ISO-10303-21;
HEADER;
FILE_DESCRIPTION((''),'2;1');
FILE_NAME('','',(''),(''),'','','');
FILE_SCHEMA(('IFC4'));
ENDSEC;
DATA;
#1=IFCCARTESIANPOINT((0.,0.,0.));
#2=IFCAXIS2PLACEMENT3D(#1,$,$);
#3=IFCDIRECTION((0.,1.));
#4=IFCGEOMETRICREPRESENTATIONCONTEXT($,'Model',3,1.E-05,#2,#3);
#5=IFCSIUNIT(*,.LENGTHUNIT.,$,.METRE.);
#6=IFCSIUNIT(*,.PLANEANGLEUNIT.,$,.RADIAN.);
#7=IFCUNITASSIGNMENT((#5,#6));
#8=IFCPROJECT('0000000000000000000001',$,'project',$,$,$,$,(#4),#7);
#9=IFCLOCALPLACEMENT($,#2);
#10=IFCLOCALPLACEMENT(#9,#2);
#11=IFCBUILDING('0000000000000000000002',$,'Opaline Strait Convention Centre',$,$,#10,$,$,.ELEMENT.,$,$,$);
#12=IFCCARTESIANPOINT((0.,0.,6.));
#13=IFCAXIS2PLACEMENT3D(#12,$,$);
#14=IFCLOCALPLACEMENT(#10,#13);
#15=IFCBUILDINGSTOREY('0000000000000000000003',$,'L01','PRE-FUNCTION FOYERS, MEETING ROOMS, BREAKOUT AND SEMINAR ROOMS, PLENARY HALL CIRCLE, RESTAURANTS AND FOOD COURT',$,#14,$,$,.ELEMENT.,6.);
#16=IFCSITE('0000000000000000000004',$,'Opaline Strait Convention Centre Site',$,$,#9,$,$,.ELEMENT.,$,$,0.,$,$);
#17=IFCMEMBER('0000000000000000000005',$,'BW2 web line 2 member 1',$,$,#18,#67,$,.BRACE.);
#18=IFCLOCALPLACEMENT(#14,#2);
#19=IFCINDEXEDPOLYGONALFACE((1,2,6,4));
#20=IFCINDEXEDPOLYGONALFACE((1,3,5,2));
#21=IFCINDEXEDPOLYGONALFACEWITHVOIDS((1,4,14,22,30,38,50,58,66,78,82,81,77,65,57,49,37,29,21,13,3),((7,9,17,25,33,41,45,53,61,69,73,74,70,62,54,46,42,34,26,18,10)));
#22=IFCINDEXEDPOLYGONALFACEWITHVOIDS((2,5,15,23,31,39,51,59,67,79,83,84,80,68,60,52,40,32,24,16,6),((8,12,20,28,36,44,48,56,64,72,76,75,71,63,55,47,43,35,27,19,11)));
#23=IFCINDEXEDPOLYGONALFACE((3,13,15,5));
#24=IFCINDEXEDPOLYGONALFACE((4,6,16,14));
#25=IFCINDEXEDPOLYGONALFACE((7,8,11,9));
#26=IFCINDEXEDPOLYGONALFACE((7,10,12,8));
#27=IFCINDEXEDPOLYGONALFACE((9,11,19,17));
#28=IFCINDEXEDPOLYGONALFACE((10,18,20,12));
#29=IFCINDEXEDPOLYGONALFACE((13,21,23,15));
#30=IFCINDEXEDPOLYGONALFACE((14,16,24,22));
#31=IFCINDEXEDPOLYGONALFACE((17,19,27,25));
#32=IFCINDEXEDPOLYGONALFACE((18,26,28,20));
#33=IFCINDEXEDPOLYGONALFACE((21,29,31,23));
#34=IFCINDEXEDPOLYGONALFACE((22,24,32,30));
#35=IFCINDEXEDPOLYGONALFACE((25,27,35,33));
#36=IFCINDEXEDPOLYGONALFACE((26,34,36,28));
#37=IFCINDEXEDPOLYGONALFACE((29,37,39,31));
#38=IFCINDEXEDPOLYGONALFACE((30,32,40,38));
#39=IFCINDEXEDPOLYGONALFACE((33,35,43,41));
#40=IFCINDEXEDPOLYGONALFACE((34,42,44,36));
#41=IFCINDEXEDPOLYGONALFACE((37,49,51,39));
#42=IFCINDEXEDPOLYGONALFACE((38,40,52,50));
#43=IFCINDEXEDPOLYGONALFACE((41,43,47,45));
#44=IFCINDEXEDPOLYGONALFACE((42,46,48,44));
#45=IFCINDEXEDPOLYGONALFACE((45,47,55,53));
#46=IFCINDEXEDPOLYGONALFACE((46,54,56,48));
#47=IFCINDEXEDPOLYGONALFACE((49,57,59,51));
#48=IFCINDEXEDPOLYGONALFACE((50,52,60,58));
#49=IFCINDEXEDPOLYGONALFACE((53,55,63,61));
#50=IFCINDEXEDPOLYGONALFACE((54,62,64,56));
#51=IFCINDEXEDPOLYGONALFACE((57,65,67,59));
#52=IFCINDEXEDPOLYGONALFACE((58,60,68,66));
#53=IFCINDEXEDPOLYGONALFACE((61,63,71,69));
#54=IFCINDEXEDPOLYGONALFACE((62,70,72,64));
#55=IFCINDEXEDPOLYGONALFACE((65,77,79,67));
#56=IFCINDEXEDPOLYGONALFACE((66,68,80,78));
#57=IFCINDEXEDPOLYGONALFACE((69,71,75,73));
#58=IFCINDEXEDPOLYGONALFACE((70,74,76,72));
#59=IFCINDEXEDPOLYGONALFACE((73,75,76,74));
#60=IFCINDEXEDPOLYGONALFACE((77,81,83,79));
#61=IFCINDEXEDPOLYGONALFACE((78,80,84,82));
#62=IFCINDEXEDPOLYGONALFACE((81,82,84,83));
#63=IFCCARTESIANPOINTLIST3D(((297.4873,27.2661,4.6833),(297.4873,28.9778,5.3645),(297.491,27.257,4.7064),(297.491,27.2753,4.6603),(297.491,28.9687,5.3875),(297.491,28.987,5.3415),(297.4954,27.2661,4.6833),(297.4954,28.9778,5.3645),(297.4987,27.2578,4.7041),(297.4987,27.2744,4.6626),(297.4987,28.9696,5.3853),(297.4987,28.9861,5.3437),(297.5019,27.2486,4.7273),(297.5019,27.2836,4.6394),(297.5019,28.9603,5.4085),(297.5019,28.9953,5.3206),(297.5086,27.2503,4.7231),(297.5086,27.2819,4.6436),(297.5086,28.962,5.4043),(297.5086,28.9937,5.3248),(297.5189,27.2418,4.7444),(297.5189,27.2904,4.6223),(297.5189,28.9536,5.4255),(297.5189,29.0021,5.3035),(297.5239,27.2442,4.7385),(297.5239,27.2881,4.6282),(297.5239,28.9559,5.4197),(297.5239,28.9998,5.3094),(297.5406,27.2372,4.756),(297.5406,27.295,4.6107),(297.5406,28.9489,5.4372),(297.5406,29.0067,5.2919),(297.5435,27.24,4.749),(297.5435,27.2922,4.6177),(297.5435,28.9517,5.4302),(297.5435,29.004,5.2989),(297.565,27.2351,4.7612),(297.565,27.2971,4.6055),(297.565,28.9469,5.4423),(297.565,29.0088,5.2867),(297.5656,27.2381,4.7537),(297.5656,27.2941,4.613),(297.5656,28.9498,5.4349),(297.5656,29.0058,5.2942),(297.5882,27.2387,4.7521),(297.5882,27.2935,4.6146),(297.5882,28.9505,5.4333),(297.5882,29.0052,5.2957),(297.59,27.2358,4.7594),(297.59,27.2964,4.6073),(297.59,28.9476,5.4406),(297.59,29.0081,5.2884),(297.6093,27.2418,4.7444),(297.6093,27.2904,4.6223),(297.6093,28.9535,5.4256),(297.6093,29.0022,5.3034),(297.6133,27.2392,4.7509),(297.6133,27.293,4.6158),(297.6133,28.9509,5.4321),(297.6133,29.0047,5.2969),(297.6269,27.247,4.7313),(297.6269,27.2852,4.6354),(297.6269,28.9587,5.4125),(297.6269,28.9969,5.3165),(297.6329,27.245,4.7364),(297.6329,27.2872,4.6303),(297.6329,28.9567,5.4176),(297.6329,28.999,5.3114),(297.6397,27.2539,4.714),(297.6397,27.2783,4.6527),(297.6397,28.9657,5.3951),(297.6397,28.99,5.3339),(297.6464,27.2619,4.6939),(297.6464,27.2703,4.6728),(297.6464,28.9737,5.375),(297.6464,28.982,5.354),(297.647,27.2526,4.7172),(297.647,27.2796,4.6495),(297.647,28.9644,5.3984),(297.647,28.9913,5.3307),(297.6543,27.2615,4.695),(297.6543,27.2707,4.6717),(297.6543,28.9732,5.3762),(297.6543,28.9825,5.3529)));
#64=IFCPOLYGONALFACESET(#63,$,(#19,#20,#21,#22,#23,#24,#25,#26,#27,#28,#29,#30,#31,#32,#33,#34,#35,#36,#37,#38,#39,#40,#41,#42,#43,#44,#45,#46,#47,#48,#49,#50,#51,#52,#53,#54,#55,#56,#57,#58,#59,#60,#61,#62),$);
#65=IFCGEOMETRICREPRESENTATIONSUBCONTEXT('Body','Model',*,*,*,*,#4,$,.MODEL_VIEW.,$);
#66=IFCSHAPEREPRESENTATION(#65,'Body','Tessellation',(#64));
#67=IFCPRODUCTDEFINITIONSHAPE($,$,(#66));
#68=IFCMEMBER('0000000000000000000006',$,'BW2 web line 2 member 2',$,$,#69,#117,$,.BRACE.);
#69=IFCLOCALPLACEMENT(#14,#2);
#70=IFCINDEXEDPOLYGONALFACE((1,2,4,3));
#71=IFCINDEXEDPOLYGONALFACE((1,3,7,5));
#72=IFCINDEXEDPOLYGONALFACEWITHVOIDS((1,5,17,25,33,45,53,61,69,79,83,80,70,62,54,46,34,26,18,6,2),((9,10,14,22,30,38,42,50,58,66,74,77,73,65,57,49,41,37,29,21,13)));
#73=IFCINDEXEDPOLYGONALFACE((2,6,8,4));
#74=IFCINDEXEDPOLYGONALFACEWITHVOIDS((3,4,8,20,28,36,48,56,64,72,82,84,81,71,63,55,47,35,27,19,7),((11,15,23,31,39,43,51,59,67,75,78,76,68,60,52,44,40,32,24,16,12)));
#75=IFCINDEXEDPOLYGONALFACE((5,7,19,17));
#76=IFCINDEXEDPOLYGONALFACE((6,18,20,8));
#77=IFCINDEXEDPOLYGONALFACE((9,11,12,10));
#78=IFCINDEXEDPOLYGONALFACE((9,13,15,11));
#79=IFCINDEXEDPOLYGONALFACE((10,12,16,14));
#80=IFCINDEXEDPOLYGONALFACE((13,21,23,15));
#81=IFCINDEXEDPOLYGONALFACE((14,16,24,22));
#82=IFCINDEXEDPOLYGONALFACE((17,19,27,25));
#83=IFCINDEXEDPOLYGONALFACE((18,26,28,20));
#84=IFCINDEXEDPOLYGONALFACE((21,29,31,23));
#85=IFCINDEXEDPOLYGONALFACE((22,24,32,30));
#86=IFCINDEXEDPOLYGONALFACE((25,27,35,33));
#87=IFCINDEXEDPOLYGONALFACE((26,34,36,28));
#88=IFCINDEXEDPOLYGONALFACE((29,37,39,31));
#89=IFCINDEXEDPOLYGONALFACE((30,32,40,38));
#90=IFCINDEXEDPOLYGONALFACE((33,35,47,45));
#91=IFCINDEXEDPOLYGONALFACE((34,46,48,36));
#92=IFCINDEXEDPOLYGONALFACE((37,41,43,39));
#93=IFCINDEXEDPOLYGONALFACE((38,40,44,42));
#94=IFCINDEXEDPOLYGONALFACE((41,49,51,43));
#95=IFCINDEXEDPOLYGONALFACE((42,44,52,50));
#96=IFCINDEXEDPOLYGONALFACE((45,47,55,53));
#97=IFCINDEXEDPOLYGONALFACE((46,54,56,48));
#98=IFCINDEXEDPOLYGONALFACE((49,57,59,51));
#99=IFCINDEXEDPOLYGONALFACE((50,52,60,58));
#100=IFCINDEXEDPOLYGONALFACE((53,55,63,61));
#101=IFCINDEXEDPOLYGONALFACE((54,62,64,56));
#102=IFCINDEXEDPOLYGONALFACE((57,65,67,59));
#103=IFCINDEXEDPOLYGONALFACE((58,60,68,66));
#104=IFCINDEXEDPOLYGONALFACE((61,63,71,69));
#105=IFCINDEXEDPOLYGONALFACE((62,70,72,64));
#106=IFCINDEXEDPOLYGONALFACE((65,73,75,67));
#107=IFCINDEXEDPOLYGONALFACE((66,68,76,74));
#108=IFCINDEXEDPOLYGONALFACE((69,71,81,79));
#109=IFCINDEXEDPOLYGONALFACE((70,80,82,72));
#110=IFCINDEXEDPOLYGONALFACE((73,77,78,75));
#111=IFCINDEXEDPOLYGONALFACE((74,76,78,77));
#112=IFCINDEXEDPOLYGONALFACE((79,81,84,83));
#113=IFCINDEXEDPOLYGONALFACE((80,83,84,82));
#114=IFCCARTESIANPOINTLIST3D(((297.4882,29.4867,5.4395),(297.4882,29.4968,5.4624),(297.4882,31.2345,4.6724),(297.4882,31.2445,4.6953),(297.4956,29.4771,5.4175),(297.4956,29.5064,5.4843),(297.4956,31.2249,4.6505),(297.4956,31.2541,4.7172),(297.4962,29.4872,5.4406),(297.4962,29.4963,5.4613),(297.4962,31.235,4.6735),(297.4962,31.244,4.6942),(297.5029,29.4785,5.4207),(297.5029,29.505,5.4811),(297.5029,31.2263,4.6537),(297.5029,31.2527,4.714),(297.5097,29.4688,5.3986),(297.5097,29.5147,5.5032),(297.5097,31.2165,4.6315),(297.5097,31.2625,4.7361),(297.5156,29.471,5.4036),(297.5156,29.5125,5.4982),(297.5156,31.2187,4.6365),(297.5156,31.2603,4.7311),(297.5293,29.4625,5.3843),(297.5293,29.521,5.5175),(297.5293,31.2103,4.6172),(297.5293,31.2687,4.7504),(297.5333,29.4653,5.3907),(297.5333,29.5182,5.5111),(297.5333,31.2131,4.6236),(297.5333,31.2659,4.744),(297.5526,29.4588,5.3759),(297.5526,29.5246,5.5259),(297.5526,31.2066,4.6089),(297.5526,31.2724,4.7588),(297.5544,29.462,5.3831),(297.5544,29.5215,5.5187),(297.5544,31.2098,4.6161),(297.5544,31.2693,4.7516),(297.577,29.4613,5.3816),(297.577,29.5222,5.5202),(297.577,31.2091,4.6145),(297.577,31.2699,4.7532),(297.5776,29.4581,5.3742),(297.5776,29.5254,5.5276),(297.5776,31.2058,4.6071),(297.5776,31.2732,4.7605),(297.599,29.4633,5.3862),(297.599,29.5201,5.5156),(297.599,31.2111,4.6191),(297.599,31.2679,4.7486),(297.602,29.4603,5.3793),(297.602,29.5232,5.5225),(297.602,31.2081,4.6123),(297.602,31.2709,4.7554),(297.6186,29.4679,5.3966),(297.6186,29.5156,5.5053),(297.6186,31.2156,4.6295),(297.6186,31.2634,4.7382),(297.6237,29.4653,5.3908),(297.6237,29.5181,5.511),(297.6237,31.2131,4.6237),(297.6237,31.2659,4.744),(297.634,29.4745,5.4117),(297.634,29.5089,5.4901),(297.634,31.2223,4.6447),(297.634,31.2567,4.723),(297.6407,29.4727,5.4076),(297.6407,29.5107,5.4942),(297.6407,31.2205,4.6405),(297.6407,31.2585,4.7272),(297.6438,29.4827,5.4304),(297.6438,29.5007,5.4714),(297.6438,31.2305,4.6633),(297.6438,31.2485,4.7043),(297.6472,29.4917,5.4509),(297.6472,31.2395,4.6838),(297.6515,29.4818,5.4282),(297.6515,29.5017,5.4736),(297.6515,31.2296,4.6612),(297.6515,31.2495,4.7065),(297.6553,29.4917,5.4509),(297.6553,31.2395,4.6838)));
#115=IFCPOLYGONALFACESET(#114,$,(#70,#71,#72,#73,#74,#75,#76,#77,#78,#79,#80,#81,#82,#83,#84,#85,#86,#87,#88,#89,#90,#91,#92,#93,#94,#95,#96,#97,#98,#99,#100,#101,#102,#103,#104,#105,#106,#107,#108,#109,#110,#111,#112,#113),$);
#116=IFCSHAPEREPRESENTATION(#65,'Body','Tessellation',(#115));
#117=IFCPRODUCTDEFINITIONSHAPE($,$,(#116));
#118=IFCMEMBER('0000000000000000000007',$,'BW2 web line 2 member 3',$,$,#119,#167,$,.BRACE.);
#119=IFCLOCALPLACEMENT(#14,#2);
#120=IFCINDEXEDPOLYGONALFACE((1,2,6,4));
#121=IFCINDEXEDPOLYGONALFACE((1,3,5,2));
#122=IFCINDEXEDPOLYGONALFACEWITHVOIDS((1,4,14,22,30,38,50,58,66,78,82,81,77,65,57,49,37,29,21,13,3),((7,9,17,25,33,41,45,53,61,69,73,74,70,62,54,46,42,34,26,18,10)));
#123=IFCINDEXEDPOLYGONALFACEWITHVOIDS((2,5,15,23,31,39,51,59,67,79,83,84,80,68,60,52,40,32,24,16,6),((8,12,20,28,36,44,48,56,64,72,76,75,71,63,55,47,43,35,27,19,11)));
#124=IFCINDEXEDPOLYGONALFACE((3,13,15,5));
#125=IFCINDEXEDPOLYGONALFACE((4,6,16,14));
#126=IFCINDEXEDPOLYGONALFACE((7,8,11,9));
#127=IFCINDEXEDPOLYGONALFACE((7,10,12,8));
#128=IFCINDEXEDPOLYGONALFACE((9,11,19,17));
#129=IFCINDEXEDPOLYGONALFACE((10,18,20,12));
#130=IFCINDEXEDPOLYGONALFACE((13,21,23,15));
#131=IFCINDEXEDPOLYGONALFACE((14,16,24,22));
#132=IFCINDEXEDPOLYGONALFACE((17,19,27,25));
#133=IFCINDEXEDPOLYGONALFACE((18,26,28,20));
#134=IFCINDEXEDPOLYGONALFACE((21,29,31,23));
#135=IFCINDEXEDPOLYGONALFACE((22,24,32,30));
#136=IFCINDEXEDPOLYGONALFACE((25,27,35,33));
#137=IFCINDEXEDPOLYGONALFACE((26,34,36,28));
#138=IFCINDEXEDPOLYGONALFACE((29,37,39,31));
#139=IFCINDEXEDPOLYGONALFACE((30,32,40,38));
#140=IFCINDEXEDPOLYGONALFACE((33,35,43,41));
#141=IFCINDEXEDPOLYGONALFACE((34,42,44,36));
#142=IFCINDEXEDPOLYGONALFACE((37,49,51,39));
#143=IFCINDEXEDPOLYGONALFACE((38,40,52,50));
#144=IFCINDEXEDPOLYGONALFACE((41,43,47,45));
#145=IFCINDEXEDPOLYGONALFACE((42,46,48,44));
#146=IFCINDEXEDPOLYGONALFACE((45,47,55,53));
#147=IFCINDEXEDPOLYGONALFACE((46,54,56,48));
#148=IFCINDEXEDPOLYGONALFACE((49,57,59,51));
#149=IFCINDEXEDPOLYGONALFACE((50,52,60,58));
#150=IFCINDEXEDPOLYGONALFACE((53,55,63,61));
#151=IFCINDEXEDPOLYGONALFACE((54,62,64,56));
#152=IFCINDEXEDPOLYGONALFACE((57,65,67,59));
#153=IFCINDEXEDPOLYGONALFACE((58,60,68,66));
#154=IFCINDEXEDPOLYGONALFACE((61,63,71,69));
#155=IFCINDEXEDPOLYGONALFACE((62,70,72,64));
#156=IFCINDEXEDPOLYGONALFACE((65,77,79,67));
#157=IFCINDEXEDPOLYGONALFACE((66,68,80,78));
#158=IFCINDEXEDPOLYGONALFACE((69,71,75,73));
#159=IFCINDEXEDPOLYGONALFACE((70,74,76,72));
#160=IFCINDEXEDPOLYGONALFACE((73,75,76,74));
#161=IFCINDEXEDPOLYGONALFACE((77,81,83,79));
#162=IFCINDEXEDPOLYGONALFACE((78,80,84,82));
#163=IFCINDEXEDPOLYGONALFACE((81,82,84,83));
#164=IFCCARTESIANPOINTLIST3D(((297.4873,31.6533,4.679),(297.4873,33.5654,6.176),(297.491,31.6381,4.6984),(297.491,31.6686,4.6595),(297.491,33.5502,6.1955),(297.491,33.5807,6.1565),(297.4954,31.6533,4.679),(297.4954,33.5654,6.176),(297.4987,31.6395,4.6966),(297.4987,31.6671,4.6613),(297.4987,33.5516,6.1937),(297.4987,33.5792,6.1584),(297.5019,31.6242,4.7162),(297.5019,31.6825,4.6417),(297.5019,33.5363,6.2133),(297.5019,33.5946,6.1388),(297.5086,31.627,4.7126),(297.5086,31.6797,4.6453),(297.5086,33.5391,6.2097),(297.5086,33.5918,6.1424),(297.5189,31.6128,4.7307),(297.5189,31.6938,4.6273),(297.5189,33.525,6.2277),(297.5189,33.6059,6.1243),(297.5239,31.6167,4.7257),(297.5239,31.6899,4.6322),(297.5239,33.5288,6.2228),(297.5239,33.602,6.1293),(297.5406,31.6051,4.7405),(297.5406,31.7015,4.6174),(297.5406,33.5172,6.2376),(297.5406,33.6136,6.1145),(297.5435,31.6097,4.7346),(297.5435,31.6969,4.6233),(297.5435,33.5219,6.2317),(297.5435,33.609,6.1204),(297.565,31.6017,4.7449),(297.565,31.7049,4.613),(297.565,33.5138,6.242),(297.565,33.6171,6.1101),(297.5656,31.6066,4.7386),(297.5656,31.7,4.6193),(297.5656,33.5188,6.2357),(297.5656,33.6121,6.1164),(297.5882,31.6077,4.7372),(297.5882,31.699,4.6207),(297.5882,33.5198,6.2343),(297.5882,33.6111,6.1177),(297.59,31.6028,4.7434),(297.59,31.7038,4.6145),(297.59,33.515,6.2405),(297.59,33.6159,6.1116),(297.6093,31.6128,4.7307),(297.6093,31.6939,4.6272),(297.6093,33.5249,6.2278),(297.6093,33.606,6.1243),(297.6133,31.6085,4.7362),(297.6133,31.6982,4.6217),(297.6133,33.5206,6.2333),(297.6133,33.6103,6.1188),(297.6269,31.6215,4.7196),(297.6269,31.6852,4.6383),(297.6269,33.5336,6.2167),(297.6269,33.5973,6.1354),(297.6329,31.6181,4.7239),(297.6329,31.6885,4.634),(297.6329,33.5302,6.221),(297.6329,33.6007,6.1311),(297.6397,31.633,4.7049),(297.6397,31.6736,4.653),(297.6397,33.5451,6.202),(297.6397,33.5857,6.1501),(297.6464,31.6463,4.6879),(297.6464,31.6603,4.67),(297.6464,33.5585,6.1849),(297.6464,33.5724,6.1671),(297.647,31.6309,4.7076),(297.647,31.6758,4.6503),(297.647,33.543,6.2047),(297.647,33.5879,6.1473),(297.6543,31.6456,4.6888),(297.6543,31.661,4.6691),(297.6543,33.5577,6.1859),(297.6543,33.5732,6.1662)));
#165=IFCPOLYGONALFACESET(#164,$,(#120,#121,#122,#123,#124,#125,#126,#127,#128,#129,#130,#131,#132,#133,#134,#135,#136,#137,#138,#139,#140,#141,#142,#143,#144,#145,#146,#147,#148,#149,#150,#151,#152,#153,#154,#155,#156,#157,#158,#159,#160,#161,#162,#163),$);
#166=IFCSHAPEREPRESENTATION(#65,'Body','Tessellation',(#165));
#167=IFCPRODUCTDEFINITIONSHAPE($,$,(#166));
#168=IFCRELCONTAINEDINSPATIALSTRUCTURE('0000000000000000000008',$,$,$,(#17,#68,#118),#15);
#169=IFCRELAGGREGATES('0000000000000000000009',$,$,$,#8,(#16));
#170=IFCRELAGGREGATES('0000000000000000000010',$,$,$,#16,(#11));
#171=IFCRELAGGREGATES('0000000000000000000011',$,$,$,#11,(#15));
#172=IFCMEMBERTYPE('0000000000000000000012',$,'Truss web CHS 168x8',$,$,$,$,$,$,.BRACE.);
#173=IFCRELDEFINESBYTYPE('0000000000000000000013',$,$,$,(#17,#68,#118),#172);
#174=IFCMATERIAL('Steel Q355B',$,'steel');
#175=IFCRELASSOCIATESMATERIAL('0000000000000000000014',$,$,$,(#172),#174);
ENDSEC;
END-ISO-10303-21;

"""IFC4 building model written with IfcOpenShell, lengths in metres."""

from ifc_helpers import new_model, si_unit, direction, frame, origin, origin_2d, place, context, subcontext, project, spatial, hollow_circle, extrude, material, material_profile, profile_set, type_object, element, save


model = new_model("IFC4")

# Units and contexts
model_context = context("Model", 3, precision=1e-05, world=origin(), true_north=direction((0.0, 1.0)))
body_context = subcontext(model_context, "Body", "Model", "MODEL_VIEW")
ifc_project = project(units=[si_unit("LENGTHUNIT", "METRE"), si_unit("PLANEANGLEUNIT", "RADIAN")], contexts=[model_context])

# Site, building, storey
site_placement = place(None, origin())
site = spatial("IfcSite", under=ifc_project, at=site_placement, Name="Opaline Strait Convention Centre Site", CompositionType="ELEMENT", RefElevation=0.0)
building_placement = place(site_placement, origin())
building = spatial("IfcBuilding", under=site, at=building_placement, Name="Opaline Strait Convention Centre", CompositionType="ELEMENT")
storey_placement = place(building_placement, frame((0.0, 0.0, 6.0)))
storey = spatial("IfcBuildingStorey", under=building, at=storey_placement, Name="L01", Description="PRE-FUNCTION FOYERS, MEETING ROOMS, BREAKOUT AND SEMINAR ROOMS, PLENARY HALL CIRCLE, RESTAURANTS AND FOOD COURT", CompositionType="ELEMENT", Elevation=6.0)

# Members
ifc_material_1 = material(Name="Steel Q355B", Category="steel")
ifc_material_profile_1 = material_profile(ifc_material_1, hollow_circle(Radius=0.084, WallThickness=0.0081, at=origin_2d()), Name="CHS 168x8")
ifc_profile_set_1 = profile_set([ifc_material_profile_1], Name="Steel Q355B")
member_type_1 = type_object("IfcMemberType", Name="Truss web CHS 168x8", PredefinedType="BRACE", material=ifc_profile_set_1)
member_1_placement = place(storey_placement, frame((297.5713, 27.2661, 4.6833), z_axis=(0.0, 0.929133, 0.369745), x_axis=(-1.0, 0.0, 0.0)))
element("IfcMember", 1, at=member_1_placement, inside=storey, type_object=member_type_1, Name="BW2 web line 2 member 1", PredefinedType="BRACE", context=body_context, shape_type="SweptSolid", body=[
    extrude(hollow_circle(Radius=0.084, WallThickness=0.0081, at=origin_2d()), origin(), (0.0, 0.0, 1.0), 1.8423),
])
member_2_placement = place(storey_placement, frame((297.5713, 31.2395, 4.6838), z_axis=(0.0, -0.91569, 0.401885), x_axis=(1.0, 0.0, 0.0)))
element("IfcMember", 2, at=member_2_placement, inside=storey, type_object=member_type_1, Name="BW2 web line 2 member 2", PredefinedType="BRACE", context=body_context, shape_type="SweptSolid", body=[
    extrude(hollow_circle(Radius=0.084, WallThickness=0.0081, at=origin_2d()), origin(), (0.0, 0.0, 1.0), 1.9087),
])
member_3_placement = place(storey_placement, frame((297.5713, 31.6533, 4.679), z_axis=(0.0, 0.787378, 0.616471), x_axis=(-1.0, 0.0, 0.0)))
element("IfcMember", 3, at=member_3_placement, inside=storey, type_object=member_type_1, Name="BW2 web line 2 member 3", PredefinedType="BRACE", context=body_context, shape_type="SweptSolid", body=[
    extrude(hollow_circle(Radius=0.084, WallThickness=0.0081, at=origin_2d()), origin(), (0.0, 0.0, 1.0), 2.4285),
])

save(model, "model.ifc")
